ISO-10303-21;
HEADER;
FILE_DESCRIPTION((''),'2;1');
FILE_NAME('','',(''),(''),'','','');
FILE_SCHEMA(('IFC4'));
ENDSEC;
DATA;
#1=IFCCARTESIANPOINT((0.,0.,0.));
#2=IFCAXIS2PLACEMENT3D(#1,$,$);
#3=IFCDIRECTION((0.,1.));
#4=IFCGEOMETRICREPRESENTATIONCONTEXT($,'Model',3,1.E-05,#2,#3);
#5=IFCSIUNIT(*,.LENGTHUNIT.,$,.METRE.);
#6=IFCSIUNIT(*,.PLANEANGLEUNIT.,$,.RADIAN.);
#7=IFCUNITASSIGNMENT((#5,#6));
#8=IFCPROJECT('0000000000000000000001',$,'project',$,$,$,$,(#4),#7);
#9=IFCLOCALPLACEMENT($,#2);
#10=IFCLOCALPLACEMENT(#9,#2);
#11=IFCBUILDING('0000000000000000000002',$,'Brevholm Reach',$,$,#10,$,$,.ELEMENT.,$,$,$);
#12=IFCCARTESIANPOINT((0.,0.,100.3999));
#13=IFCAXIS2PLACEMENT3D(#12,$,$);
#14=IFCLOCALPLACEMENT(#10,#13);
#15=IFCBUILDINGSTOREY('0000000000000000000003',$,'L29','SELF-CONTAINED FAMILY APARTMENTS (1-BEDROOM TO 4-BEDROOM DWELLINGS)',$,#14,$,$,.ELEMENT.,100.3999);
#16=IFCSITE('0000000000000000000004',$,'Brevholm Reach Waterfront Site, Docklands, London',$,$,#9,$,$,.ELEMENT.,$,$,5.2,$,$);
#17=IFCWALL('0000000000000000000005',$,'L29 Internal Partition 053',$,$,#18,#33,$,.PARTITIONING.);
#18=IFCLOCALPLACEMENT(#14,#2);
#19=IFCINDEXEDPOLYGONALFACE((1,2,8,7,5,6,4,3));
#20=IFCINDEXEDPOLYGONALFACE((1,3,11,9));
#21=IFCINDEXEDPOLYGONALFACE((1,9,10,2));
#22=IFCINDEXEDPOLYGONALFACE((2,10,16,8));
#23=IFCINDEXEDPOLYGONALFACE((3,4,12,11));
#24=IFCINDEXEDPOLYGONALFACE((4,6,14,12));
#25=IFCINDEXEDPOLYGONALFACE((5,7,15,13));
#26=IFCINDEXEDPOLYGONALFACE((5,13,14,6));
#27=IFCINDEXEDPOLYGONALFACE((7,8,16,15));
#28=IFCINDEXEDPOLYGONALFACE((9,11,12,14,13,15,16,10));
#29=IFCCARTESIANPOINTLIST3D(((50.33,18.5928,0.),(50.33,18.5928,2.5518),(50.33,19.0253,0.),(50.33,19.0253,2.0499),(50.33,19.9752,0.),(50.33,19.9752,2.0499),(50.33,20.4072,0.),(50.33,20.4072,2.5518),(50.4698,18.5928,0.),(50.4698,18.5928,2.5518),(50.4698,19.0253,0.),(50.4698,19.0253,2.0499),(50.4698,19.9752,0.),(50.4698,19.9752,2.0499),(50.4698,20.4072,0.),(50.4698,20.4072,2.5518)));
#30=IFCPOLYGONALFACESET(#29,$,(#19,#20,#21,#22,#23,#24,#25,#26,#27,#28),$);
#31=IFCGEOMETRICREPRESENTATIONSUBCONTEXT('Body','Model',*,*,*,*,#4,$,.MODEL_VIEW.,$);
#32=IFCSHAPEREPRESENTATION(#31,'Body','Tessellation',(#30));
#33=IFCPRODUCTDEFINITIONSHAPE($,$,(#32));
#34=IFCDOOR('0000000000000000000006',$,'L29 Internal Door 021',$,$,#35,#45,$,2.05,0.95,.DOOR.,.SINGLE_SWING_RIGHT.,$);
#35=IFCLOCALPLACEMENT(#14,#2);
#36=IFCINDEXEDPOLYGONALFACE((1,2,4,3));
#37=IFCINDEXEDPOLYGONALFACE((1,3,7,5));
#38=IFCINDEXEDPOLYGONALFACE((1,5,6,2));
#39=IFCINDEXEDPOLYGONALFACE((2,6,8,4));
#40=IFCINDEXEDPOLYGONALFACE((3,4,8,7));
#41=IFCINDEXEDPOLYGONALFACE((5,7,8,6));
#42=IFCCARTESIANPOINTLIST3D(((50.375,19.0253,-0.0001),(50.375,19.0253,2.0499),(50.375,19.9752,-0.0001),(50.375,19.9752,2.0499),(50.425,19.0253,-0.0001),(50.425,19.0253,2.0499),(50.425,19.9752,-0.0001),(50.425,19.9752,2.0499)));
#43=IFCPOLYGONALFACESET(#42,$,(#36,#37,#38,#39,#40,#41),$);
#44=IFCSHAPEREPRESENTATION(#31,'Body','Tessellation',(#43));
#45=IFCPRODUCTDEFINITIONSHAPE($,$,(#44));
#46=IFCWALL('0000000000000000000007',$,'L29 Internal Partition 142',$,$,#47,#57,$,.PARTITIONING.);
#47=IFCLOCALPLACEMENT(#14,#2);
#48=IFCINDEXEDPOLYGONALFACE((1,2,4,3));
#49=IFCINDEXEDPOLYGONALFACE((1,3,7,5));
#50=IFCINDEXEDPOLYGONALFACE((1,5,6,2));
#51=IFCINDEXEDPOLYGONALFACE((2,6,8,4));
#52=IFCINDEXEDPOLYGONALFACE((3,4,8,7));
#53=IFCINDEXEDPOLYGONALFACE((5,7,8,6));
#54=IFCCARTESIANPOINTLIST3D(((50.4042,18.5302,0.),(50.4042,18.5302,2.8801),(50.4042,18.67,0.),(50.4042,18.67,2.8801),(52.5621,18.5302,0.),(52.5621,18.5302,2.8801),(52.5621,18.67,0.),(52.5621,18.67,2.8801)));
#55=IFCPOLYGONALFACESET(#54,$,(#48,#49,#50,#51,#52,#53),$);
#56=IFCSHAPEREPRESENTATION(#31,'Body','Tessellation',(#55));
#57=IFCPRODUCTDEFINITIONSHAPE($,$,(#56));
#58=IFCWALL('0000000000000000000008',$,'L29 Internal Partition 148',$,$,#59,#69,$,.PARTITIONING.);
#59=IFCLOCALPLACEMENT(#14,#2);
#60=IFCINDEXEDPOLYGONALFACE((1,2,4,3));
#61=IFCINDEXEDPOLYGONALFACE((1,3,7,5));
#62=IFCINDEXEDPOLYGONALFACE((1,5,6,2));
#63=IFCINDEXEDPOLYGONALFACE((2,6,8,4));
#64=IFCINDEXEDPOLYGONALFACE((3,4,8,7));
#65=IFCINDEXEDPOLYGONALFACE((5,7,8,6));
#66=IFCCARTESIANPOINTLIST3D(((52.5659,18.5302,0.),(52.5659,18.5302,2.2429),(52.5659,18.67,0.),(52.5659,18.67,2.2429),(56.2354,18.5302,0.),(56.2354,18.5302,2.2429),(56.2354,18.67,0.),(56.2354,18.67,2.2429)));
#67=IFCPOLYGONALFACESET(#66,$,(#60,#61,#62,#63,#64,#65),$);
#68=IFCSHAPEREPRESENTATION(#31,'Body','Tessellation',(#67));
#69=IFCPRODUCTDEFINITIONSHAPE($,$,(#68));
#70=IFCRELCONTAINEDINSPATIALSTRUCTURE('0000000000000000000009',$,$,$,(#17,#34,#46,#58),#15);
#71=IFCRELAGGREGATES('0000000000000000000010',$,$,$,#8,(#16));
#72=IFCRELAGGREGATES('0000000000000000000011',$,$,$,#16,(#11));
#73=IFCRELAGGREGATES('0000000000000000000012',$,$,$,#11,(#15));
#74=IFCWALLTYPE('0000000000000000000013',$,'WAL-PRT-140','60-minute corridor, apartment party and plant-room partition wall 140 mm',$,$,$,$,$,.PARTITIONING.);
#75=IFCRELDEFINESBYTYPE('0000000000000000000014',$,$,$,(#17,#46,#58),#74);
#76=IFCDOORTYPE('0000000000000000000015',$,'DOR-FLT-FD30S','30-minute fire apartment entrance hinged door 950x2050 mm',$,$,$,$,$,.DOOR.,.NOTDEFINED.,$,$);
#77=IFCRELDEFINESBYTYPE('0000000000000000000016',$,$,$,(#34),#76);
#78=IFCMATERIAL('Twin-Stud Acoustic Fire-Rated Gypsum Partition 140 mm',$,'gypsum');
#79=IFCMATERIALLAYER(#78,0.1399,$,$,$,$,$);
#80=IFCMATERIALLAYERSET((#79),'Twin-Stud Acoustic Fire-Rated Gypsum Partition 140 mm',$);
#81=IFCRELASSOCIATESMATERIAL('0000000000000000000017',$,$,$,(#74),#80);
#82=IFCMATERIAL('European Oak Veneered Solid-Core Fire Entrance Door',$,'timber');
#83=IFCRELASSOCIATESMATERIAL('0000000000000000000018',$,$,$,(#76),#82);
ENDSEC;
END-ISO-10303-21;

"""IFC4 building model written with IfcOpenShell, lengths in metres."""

from ifc_helpers import new_model, si_unit, direction, frame, frame_2d, origin, place, context, subcontext, project, spatial, rectangle, extrude, material, layer, layer_set, type_object, element, fill, save


model = new_model("IFC4")

# Units and contexts
model_context = context("Model", 3, precision=1e-05, world=origin(), true_north=direction((0.0, 1.0)))
body_context = subcontext(model_context, "Body", "Model", "MODEL_VIEW")
ifc_project = project(units=[si_unit("LENGTHUNIT", "METRE"), si_unit("PLANEANGLEUNIT", "RADIAN")], contexts=[model_context])

# Site, building, storey
site_placement = place(None, origin())
site = spatial("IfcSite", under=ifc_project, at=site_placement, Name="Brevholm Reach Waterfront Site, Docklands, London", CompositionType="ELEMENT", RefElevation=5.2)
building_placement = place(site_placement, origin())
building = spatial("IfcBuilding", under=site, at=building_placement, Name="Brevholm Reach", CompositionType="ELEMENT")
storey_placement = place(building_placement, frame((0.0, 0.0, 100.3999)))
storey = spatial("IfcBuildingStorey", under=building, at=storey_placement, Name="L29", Description="SELF-CONTAINED FAMILY APARTMENTS (1-BEDROOM TO 4-BEDROOM DWELLINGS)", CompositionType="ELEMENT", Elevation=100.3999)

# Shared definitions
ifc_material_1 = material(Name="Twin-Stud Acoustic Fire-Rated Gypsum Partition 140 mm", Category="gypsum")
ifc_layer_1 = layer(ifc_material_1, 0.1399)
ifc_layer_set_1 = layer_set([ifc_layer_1], Name="Twin-Stud Acoustic Fire-Rated Gypsum Partition 140 mm")
wall_type_1 = type_object("IfcWallType", Name="WAL-PRT-140", Description="60-minute corridor, apartment party and plant-room partition wall 140 mm", PredefinedType="PARTITIONING", material=ifc_layer_set_1)

# Shared definitions
ifc_material_2 = material(Name="European Oak Veneered Solid-Core Fire Entrance Door", Category="timber")
door_type_1 = type_object("IfcDoorType", Name="DOR-FLT-FD30S", Description="30-minute fire apartment entrance hinged door 950x2050 mm", OperationType="NOTDEFINED", PredefinedType="DOOR", material=ifc_material_2)

# Wall, opening, door
wall_1_placement = place(storey_placement, frame((50.3999, 18.5928, 0.0), z_axis=(0.0, 0.0, 1.0), x_axis=(0.0, 1.0, 0.0)))
wall_1 = element("IfcWall", 1, at=wall_1_placement, inside=storey, type_object=wall_type_1, Name="L29 Internal Partition 053", PredefinedType="PARTITIONING", context=body_context, shape_type="SweptSolid", body=[
    extrude(rectangle(XDim=1.8145, YDim=0.1399, at=frame_2d((0.9072, 0.0))), origin(), (0.0, 0.0, 1.0), 2.5518),
])
opening_1_placement = place(wall_1_placement, frame((0.4324, 0.0, 0.0)))
opening_1 = element("IfcOpeningElement", 2, at=opening_1_placement, cuts=wall_1, PredefinedType="OPENING", context=body_context, shape_type="SweptSolid", body=[
    extrude(rectangle(XDim=0.95, YDim=2.05, at=frame_2d((0.4751, 1.0249))), frame((0.0, 0.0798, 0.0), z_axis=(0.0, -1.0, 0.0), x_axis=(1.0, 0.0, 0.0)), (0.0, 0.0, 1.0), 0.1599),
])
door_1_placement = place(opening_1_placement, origin())
door_1 = element("IfcDoor", 3, at=door_1_placement, inside=storey, type_object=door_type_1, Name="L29 Internal Door 021", OperationType="SINGLE_SWING_RIGHT", OverallHeight=2.05, OverallWidth=0.95, PredefinedType="DOOR", context=body_context, shape_type="SweptSolid", body=[
    extrude(rectangle(XDim=0.95, YDim=2.05, at=frame_2d((0.4751, 1.0249))), frame((0.0, 0.0249, 0.0), z_axis=(0.0, -1.0, 0.0), x_axis=(1.0, 0.0, 0.0)), (0.0, 0.0, 1.0), 0.05),
])
fill(opening_1, door_1)

# Walls
wall_2_placement = place(storey_placement, frame((50.4041, 18.6001, 0.0), z_axis=(0.0, 0.0, 1.0), x_axis=(1.0, 0.0, 0.0)))
element("IfcWall", 4, at=wall_2_placement, inside=storey, type_object=wall_type_1, Name="L29 Internal Partition 142", PredefinedType="PARTITIONING", context=body_context, shape_type="SweptSolid", body=[
    extrude(rectangle(XDim=2.158, YDim=0.1399, at=frame_2d((1.0791, 0.0))), origin(), (0.0, 0.0, 1.0), 2.8801),
])
wall_3_placement = place(storey_placement, frame((52.5659, 18.6001, 0.0), z_axis=(0.0, 0.0, 1.0), x_axis=(1.0, 0.0, 0.0)))
element("IfcWall", 5, at=wall_3_placement, inside=storey, type_object=wall_type_1, Name="L29 Internal Partition 148", PredefinedType="PARTITIONING", context=body_context, shape_type="SweptSolid", body=[
    extrude(rectangle(XDim=3.6694, YDim=0.1399, at=frame_2d((1.8347, 0.0))), origin(), (0.0, 0.0, 1.0), 2.2429),
])

save(model, "model.ifc")
